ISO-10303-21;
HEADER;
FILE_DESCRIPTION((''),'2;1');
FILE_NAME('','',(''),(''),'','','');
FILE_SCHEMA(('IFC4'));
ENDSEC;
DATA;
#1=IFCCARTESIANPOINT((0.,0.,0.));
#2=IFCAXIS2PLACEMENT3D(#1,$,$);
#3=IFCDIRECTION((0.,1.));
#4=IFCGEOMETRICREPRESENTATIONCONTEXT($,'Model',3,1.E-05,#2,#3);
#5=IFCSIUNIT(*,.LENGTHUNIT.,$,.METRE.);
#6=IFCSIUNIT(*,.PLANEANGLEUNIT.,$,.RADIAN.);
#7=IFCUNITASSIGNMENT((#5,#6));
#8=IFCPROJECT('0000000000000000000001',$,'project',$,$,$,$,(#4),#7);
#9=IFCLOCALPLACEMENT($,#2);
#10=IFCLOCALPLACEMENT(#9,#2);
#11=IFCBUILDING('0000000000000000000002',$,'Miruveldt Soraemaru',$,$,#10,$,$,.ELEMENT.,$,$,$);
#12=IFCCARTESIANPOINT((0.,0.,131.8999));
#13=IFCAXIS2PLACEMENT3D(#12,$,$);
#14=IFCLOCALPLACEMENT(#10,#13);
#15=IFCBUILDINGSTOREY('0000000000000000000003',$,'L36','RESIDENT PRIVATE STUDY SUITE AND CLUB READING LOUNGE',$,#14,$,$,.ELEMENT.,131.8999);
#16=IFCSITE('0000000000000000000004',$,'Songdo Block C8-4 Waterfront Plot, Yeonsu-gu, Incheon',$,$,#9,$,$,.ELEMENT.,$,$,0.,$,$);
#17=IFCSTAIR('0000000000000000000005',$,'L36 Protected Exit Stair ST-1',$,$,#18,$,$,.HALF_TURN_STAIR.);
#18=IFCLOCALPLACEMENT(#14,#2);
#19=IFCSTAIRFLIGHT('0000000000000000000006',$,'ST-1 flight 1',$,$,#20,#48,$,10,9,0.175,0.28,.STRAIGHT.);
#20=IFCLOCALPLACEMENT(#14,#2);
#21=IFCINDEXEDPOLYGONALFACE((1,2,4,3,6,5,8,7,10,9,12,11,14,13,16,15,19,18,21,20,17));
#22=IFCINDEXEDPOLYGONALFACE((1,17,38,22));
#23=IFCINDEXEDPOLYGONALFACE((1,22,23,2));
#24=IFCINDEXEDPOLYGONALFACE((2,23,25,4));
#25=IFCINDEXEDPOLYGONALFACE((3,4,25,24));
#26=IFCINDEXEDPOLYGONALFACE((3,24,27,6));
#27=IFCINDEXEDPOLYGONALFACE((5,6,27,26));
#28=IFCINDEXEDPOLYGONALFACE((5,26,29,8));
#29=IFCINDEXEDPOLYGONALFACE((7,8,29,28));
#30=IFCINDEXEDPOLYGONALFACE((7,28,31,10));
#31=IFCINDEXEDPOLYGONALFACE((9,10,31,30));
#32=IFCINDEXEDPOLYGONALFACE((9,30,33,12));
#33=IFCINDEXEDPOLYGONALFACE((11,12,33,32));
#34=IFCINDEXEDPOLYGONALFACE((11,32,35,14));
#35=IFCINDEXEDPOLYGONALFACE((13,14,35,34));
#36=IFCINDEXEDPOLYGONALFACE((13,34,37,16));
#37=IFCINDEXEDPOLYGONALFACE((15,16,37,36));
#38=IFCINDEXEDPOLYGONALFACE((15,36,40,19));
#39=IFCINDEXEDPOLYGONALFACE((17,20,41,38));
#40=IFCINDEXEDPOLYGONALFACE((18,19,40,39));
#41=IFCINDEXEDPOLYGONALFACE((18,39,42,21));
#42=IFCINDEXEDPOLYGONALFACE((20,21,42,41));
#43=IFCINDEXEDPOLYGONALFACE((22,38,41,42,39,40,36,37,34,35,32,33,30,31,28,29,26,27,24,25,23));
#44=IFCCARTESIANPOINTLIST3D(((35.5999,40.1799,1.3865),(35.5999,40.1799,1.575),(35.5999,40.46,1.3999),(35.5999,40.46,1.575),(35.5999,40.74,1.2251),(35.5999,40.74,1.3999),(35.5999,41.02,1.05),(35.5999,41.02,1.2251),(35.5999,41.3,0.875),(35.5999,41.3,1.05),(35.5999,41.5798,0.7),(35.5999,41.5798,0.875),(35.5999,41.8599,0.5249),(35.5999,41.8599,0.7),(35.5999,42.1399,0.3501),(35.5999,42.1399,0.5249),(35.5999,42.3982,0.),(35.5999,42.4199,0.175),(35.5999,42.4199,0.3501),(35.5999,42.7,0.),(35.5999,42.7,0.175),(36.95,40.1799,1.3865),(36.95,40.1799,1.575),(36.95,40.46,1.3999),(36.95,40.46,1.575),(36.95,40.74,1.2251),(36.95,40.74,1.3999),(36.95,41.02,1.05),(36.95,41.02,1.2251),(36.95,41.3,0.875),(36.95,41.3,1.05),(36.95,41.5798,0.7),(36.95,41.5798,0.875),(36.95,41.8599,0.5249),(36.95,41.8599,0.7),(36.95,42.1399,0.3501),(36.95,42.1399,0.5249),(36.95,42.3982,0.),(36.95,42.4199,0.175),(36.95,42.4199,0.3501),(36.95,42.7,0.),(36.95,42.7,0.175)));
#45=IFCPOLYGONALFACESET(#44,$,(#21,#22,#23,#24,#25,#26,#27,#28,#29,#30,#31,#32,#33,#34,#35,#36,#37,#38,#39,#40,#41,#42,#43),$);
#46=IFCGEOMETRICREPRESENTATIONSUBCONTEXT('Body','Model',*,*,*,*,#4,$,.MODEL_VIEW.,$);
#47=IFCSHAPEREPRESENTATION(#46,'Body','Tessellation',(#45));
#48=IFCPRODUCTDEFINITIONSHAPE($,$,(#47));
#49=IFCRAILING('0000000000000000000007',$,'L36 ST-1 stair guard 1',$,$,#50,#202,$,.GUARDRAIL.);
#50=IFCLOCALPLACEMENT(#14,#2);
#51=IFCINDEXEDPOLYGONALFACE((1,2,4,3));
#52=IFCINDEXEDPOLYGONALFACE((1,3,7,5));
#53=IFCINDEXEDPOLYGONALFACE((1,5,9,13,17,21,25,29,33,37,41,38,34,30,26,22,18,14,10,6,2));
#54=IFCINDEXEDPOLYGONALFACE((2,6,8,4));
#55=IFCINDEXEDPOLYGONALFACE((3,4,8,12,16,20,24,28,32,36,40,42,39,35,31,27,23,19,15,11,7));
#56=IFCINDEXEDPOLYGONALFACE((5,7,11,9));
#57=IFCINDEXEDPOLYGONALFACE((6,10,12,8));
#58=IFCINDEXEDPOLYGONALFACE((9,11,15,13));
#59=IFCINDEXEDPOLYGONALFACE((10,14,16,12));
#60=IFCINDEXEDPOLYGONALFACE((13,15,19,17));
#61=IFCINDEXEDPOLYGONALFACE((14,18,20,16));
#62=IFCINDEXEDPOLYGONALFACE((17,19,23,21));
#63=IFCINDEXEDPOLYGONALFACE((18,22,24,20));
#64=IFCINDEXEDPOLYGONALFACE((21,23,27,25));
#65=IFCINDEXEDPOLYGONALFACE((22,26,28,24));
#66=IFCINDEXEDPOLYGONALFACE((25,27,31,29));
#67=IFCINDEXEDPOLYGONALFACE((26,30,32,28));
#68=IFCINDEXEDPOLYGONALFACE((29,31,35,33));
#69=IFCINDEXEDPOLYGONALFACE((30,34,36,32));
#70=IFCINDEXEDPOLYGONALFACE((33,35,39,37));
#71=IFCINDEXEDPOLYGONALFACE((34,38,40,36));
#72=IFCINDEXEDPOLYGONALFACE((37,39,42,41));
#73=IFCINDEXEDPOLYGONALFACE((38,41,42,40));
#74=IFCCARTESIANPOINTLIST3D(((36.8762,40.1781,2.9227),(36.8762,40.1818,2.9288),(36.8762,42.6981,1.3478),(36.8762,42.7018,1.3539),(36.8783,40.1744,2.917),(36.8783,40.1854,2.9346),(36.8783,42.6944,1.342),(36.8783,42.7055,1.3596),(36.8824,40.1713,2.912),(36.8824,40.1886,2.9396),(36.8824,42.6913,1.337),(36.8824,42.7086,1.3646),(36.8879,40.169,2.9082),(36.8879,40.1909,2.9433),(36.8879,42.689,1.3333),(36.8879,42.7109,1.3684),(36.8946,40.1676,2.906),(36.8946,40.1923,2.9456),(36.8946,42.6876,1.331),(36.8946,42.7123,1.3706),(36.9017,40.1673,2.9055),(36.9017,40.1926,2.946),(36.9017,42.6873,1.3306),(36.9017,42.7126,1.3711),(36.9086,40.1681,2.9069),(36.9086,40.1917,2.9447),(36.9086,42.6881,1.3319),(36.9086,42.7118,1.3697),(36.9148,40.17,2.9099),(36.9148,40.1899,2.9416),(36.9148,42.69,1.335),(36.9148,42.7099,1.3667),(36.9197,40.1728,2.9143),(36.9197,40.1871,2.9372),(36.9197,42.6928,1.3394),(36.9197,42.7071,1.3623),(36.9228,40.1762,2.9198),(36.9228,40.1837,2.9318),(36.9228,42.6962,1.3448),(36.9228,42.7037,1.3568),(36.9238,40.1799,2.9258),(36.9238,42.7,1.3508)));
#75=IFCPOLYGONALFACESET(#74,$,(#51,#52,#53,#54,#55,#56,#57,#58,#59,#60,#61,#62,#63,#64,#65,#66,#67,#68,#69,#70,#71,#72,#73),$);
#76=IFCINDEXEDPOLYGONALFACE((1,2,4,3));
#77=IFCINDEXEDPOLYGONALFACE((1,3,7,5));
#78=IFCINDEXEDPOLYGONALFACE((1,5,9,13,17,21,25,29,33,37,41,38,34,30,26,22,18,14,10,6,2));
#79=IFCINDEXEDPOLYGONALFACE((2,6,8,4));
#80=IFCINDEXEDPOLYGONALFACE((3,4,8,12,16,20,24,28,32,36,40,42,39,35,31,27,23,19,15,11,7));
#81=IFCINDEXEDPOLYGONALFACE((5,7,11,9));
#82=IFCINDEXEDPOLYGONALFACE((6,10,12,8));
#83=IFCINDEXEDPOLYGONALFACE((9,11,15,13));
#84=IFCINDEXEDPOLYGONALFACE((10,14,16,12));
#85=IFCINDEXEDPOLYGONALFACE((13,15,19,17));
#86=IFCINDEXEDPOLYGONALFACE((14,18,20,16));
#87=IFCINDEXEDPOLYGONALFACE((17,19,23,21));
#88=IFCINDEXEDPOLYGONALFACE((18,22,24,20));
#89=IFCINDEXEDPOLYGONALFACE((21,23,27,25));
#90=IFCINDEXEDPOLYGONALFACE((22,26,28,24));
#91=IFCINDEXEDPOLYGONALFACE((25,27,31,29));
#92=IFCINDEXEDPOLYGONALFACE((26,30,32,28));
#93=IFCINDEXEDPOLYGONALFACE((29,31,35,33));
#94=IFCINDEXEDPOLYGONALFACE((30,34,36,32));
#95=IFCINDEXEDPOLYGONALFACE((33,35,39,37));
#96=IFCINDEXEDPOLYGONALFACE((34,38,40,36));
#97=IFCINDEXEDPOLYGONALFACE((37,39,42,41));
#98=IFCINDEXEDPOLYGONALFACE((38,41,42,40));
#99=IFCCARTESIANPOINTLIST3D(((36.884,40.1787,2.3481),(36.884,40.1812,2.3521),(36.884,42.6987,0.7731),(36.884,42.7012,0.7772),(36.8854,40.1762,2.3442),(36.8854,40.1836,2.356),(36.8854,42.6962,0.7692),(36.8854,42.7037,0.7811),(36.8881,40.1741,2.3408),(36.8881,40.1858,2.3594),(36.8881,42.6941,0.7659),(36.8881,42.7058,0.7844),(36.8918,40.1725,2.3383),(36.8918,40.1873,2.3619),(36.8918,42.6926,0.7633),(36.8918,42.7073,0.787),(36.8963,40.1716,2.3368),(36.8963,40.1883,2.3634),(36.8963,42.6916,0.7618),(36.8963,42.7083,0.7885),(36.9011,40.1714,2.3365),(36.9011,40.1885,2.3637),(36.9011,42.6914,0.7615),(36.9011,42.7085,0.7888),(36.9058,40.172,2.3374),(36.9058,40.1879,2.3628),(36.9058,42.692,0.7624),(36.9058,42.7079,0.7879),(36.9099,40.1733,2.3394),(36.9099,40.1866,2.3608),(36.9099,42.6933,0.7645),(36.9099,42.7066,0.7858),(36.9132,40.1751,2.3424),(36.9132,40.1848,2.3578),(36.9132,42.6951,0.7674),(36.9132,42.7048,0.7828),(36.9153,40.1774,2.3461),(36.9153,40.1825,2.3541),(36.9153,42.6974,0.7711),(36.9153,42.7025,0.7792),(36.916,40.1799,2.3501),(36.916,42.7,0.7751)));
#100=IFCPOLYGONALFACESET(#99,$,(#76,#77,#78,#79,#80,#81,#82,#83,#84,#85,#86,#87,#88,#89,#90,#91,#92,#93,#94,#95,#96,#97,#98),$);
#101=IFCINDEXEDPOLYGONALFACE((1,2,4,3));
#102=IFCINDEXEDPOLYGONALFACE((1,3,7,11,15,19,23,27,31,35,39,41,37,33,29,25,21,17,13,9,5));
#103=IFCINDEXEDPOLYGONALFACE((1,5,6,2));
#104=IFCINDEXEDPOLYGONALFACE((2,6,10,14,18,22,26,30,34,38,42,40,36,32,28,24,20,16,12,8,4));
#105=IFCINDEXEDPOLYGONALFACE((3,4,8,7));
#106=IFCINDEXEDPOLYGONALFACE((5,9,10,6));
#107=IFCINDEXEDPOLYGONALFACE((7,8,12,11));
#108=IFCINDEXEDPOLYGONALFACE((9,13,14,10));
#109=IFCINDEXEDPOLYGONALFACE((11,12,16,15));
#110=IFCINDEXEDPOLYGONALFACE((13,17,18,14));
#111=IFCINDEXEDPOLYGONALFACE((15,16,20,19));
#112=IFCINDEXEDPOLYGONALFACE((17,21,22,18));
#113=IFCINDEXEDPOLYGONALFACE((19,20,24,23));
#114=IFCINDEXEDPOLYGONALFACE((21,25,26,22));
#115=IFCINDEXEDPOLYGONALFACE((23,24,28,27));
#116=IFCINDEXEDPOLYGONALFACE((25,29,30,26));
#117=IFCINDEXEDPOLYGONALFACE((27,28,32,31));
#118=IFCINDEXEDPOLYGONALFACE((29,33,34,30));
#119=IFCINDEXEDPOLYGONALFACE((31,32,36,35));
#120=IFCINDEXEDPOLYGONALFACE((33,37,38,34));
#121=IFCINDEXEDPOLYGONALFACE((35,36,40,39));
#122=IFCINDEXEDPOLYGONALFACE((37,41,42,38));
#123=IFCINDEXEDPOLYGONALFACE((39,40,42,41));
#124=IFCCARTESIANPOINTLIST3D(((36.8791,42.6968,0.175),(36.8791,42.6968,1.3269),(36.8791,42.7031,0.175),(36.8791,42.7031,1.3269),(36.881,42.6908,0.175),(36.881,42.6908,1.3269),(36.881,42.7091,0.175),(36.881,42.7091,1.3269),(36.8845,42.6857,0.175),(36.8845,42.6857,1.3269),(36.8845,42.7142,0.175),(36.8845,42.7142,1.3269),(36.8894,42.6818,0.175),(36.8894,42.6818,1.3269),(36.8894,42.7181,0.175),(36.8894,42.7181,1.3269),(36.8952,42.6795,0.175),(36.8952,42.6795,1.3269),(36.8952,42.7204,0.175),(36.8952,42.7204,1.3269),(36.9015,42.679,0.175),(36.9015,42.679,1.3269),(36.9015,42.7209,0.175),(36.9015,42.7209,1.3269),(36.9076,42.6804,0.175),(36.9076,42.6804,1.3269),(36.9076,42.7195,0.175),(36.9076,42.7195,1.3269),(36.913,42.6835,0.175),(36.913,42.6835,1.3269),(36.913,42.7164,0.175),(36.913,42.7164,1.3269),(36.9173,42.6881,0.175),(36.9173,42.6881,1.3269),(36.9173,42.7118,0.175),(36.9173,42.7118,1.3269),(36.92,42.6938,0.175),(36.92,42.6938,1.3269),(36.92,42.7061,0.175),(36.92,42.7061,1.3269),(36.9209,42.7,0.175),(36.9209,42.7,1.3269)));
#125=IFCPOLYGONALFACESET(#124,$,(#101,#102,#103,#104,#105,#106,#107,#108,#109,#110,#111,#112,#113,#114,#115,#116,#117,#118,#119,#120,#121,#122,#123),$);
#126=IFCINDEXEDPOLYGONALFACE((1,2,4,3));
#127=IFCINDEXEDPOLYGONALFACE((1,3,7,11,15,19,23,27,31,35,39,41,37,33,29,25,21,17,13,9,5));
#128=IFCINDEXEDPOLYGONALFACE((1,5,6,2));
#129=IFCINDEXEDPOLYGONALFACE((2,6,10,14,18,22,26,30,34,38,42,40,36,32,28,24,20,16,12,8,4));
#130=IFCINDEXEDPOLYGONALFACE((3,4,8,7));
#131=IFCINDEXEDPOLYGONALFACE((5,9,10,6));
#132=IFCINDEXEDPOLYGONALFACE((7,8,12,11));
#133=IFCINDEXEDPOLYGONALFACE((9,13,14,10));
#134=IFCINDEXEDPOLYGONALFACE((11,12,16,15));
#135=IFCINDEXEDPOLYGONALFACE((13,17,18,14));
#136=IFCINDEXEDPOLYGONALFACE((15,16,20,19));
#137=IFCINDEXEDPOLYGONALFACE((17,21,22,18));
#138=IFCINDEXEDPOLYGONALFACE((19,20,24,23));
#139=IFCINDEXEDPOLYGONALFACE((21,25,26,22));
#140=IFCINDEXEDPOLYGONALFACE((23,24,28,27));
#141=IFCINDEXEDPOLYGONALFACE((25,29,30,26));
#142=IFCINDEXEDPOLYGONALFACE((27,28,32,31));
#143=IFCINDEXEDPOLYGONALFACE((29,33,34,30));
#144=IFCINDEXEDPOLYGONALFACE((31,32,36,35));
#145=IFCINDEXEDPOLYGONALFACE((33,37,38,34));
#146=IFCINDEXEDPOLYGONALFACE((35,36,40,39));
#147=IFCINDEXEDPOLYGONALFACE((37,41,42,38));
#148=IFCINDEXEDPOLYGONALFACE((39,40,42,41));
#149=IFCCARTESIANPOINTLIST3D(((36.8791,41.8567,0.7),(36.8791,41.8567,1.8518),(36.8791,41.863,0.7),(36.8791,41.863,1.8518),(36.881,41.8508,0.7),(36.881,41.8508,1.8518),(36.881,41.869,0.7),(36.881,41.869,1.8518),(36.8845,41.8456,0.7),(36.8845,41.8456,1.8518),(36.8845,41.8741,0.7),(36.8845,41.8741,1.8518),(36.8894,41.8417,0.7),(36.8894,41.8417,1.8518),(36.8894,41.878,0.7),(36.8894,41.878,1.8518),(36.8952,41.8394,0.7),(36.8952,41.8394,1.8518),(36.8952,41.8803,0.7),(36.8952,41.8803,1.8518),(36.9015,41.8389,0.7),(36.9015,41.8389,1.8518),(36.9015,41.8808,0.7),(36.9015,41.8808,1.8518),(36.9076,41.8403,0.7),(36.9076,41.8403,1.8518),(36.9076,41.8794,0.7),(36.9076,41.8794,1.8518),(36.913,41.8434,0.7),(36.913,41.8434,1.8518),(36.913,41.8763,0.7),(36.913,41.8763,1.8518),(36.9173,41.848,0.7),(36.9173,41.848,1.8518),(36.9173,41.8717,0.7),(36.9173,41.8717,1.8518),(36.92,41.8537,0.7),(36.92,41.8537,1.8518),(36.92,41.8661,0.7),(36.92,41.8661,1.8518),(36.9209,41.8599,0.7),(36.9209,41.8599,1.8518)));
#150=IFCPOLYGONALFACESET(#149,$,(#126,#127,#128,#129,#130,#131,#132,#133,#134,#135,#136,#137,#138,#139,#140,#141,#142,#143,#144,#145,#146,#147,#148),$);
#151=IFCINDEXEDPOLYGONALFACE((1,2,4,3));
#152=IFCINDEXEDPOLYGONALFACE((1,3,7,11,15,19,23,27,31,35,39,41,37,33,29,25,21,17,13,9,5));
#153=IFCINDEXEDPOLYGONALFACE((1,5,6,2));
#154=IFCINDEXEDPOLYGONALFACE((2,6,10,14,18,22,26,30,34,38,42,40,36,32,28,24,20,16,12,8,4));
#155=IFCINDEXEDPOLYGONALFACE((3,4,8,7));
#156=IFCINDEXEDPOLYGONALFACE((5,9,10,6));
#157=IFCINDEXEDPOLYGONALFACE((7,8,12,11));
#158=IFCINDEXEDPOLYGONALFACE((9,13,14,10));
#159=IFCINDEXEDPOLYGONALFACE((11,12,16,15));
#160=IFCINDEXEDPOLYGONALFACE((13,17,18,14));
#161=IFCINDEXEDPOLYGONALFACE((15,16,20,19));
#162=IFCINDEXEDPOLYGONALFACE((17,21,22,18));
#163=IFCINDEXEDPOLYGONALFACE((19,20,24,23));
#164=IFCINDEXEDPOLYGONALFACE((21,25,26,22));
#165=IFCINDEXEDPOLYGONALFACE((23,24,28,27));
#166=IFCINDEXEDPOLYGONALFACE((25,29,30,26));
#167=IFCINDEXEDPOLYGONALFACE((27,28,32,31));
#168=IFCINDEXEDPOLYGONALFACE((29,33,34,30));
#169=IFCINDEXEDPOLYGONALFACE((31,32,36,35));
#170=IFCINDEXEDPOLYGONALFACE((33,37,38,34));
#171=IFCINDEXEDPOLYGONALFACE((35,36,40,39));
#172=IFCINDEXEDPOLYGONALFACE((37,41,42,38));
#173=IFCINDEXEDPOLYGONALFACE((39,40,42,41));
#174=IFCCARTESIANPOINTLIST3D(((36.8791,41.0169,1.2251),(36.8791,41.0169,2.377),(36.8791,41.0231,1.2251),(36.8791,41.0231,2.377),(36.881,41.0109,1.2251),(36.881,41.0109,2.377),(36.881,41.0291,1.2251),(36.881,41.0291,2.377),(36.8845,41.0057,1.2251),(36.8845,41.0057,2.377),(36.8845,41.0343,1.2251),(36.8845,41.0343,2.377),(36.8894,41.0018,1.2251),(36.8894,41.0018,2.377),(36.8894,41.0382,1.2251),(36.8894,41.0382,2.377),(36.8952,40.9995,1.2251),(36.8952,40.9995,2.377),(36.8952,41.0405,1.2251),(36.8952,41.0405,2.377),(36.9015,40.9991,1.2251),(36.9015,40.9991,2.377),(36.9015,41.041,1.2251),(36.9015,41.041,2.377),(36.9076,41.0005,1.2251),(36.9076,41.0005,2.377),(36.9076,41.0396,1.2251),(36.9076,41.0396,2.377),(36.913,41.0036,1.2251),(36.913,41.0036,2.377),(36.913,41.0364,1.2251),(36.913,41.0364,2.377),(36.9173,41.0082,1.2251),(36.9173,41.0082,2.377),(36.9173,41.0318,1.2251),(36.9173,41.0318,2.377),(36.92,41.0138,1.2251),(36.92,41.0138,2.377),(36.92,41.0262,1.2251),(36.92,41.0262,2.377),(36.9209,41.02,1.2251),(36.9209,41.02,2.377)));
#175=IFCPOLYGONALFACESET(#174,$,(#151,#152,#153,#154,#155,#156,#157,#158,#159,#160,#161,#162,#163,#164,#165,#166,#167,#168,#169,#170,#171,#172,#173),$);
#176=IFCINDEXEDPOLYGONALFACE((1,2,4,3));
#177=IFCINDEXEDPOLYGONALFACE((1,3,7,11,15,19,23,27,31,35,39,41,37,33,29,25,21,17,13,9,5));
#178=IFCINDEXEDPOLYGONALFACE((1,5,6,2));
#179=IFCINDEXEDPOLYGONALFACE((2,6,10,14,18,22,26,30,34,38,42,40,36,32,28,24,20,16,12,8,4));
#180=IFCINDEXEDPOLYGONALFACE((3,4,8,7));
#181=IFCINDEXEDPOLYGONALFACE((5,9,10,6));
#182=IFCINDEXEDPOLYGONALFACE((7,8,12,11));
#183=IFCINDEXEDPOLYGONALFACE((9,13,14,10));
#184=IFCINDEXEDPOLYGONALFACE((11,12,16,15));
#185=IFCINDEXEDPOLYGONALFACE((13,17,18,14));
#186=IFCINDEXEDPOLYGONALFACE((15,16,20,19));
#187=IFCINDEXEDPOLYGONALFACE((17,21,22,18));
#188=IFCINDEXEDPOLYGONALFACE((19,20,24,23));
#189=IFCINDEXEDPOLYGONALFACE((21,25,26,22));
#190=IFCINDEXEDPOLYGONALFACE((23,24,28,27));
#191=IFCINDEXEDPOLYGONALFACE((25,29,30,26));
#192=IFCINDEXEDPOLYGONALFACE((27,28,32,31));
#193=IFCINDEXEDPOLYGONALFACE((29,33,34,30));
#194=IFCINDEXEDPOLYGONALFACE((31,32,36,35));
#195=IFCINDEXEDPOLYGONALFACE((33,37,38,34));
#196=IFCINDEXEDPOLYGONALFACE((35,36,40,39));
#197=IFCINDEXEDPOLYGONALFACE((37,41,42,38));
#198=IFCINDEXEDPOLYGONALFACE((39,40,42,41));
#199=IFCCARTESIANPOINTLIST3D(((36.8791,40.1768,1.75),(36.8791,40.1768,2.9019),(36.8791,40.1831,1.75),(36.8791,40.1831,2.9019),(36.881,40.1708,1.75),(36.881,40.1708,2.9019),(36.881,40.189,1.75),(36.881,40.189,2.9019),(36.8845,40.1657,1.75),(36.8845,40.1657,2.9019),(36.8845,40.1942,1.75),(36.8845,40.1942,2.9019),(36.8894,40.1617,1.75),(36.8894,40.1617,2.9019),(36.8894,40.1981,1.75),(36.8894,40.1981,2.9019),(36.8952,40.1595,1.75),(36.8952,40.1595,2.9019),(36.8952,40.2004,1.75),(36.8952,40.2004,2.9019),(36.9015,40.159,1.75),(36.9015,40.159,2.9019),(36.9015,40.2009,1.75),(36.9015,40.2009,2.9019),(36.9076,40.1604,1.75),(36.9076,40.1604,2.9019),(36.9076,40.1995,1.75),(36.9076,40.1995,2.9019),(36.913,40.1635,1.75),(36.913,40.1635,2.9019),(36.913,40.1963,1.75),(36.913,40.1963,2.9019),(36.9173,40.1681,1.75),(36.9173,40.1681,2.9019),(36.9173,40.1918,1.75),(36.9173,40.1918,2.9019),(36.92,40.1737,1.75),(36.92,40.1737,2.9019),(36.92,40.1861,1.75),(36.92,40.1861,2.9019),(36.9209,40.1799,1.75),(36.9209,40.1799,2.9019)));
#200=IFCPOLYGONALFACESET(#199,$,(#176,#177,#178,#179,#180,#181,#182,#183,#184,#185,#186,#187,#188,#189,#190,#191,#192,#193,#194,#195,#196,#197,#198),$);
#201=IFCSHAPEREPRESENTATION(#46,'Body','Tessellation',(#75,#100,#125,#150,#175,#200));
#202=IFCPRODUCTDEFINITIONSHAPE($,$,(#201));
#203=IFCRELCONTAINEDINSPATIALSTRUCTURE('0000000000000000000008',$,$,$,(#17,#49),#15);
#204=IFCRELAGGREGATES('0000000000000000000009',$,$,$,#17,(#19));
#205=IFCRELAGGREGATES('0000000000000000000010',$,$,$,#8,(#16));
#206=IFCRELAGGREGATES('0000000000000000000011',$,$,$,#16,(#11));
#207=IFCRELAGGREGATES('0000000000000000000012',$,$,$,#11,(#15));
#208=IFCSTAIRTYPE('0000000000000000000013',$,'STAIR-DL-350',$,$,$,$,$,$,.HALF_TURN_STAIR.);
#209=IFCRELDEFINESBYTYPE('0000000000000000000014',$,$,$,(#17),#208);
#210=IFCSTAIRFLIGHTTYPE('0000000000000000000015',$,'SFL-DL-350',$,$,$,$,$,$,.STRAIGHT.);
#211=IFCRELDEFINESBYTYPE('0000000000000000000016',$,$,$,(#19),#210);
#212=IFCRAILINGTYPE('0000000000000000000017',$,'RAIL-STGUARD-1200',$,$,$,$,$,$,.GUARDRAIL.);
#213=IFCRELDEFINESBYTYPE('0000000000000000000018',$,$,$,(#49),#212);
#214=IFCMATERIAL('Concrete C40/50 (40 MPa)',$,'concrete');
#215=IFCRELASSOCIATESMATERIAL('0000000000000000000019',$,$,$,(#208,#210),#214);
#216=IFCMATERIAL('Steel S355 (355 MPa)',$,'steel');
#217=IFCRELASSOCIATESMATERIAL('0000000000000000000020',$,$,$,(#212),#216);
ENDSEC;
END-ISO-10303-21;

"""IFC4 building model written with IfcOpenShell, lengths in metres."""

from ifc_helpers import new_model, si_unit, direction, frame, origin, origin_2d, place, context, subcontext, project, spatial, polyline, circle, outline, extrude, material, type_object, element, aggregate, save


model = new_model("IFC4")

# Units and contexts
model_context = context("Model", 3, precision=1e-05, world=origin(), true_north=direction((0.0, 1.0)))
body_context = subcontext(model_context, "Body", "Model", "MODEL_VIEW")
ifc_project = project(units=[si_unit("LENGTHUNIT", "METRE"), si_unit("PLANEANGLEUNIT", "RADIAN")], contexts=[model_context])

# Site, building, storey
site_placement = place(None, origin())
site = spatial("IfcSite", under=ifc_project, at=site_placement, Name="Songdo Block C8-4 Waterfront Plot, Yeonsu-gu, Incheon", CompositionType="ELEMENT", RefElevation=0.0)
building_placement = place(site_placement, origin())
building = spatial("IfcBuilding", under=site, at=building_placement, Name="Miruveldt Soraemaru", CompositionType="ELEMENT")
storey_placement = place(building_placement, frame((0.0, 0.0, 131.8999)))
storey = spatial("IfcBuildingStorey", under=building, at=storey_placement, Name="L36", Description="RESIDENT PRIVATE STUDY SUITE AND CLUB READING LOUNGE", CompositionType="ELEMENT", Elevation=131.8999)

# Shared definitions
ifc_material_1 = material(Name="Concrete C40/50 (40 MPa)", Category="concrete")

# Stair, stair flight
stair_type = type_object("IfcStairType", Name="STAIR-DL-350", PredefinedType="HALF_TURN_STAIR", material=ifc_material_1)
stair_placement = place(storey_placement, origin())
stair = element("IfcStair", 1, at=stair_placement, inside=storey, type_object=stair_type, Name="L36 Protected Exit Stair ST-1", PredefinedType="HALF_TURN_STAIR")
stair_flight_type = type_object("IfcStairFlightType", Name="SFL-DL-350", PredefinedType="STRAIGHT", material=ifc_material_1)
stair_flight_placement = place(storey_placement, frame((36.2749, 42.7, 0.0), z_axis=(0.0, 0.0, 1.0), x_axis=(0.0, -1.0, 0.0)))
stair_flight = element("IfcStairFlight", 2, at=stair_flight_placement, type_object=stair_flight_type, Name="ST-1 flight 1", NumberOfRisers=10, NumberOfTreads=9, PredefinedType="STRAIGHT", RiserHeight=0.175, TreadLength=0.28, context=body_context, shape_type="SweptSolid", body=[
    extrude(outline(polyline([(0.0, 0.0), (0.0, 0.175), (0.28, 0.175), (0.28, 0.3501), (0.5601, 0.3501), (0.5601, 0.5249), (0.8401, 0.5249), (0.8401, 0.7), (1.1201, 0.7), (1.1201, 0.875), (1.3999, 0.875), (1.3999, 1.05), (1.6799, 1.05), (1.6799, 1.2251), (1.96, 1.2251), (1.96, 1.3999), (2.24, 1.3999), (2.24, 1.575), (2.52, 1.575), (2.52, 1.75), (2.52, 1.3865), (0.3018, 0.0), (0.0, 0.0)])), frame((0.0, 0.675, 0.0), z_axis=(0.0, -1.0, 0.0), x_axis=(1.0, 0.0, 0.0)), (0.0, 0.0, 1.0), 1.3501),
])
aggregate(stair, [stair_flight])

# Railing
ifc_material_2 = material(Name="Steel S355 (355 MPa)", Category="steel")
railing_type_1 = type_object("IfcRailingType", Name="RAIL-STGUARD-1200", PredefinedType="GUARDRAIL", material=ifc_material_2)
railing_1_placement = place(storey_placement, frame((36.8999, 42.7, 0.175)))
element("IfcRailing", 3, at=railing_1_placement, inside=storey, type_object=railing_type_1, Name="L36 ST-1 stair guard 1", PredefinedType="GUARDRAIL", context=body_context, shape_type="SweptSolid", body=[
    extrude(circle(Radius=0.0239, at=origin_2d()), frame((0.0, 0.0, 1.1758), z_axis=(0.0, -0.848008, 0.529984), x_axis=(1.0, 0.0, 0.0)), (0.0, 0.0, 1.0), 2.9717),
    extrude(circle(Radius=0.0161, at=origin_2d()), frame((0.0, 0.0, 0.6001), z_axis=(0.0, -0.848008, 0.529984), x_axis=(1.0, 0.0, 0.0)), (0.0, 0.0, 1.0), 2.9717),
    extrude(circle(Radius=0.021, at=origin_2d()), origin(), (0.0, 0.0, 1.0), 1.1519),
    extrude(circle(Radius=0.021, at=origin_2d()), frame((0.0, -0.8401, 0.5249)), (0.0, 0.0, 1.0), 1.1519),
    extrude(circle(Radius=0.021, at=origin_2d()), frame((0.0, -1.6799, 1.05)), (0.0, 0.0, 1.0), 1.1519),
    extrude(circle(Radius=0.021, at=origin_2d()), frame((0.0, -2.52, 1.575)), (0.0, 0.0, 1.0), 1.1519),
])

save(model, "model.ifc")
